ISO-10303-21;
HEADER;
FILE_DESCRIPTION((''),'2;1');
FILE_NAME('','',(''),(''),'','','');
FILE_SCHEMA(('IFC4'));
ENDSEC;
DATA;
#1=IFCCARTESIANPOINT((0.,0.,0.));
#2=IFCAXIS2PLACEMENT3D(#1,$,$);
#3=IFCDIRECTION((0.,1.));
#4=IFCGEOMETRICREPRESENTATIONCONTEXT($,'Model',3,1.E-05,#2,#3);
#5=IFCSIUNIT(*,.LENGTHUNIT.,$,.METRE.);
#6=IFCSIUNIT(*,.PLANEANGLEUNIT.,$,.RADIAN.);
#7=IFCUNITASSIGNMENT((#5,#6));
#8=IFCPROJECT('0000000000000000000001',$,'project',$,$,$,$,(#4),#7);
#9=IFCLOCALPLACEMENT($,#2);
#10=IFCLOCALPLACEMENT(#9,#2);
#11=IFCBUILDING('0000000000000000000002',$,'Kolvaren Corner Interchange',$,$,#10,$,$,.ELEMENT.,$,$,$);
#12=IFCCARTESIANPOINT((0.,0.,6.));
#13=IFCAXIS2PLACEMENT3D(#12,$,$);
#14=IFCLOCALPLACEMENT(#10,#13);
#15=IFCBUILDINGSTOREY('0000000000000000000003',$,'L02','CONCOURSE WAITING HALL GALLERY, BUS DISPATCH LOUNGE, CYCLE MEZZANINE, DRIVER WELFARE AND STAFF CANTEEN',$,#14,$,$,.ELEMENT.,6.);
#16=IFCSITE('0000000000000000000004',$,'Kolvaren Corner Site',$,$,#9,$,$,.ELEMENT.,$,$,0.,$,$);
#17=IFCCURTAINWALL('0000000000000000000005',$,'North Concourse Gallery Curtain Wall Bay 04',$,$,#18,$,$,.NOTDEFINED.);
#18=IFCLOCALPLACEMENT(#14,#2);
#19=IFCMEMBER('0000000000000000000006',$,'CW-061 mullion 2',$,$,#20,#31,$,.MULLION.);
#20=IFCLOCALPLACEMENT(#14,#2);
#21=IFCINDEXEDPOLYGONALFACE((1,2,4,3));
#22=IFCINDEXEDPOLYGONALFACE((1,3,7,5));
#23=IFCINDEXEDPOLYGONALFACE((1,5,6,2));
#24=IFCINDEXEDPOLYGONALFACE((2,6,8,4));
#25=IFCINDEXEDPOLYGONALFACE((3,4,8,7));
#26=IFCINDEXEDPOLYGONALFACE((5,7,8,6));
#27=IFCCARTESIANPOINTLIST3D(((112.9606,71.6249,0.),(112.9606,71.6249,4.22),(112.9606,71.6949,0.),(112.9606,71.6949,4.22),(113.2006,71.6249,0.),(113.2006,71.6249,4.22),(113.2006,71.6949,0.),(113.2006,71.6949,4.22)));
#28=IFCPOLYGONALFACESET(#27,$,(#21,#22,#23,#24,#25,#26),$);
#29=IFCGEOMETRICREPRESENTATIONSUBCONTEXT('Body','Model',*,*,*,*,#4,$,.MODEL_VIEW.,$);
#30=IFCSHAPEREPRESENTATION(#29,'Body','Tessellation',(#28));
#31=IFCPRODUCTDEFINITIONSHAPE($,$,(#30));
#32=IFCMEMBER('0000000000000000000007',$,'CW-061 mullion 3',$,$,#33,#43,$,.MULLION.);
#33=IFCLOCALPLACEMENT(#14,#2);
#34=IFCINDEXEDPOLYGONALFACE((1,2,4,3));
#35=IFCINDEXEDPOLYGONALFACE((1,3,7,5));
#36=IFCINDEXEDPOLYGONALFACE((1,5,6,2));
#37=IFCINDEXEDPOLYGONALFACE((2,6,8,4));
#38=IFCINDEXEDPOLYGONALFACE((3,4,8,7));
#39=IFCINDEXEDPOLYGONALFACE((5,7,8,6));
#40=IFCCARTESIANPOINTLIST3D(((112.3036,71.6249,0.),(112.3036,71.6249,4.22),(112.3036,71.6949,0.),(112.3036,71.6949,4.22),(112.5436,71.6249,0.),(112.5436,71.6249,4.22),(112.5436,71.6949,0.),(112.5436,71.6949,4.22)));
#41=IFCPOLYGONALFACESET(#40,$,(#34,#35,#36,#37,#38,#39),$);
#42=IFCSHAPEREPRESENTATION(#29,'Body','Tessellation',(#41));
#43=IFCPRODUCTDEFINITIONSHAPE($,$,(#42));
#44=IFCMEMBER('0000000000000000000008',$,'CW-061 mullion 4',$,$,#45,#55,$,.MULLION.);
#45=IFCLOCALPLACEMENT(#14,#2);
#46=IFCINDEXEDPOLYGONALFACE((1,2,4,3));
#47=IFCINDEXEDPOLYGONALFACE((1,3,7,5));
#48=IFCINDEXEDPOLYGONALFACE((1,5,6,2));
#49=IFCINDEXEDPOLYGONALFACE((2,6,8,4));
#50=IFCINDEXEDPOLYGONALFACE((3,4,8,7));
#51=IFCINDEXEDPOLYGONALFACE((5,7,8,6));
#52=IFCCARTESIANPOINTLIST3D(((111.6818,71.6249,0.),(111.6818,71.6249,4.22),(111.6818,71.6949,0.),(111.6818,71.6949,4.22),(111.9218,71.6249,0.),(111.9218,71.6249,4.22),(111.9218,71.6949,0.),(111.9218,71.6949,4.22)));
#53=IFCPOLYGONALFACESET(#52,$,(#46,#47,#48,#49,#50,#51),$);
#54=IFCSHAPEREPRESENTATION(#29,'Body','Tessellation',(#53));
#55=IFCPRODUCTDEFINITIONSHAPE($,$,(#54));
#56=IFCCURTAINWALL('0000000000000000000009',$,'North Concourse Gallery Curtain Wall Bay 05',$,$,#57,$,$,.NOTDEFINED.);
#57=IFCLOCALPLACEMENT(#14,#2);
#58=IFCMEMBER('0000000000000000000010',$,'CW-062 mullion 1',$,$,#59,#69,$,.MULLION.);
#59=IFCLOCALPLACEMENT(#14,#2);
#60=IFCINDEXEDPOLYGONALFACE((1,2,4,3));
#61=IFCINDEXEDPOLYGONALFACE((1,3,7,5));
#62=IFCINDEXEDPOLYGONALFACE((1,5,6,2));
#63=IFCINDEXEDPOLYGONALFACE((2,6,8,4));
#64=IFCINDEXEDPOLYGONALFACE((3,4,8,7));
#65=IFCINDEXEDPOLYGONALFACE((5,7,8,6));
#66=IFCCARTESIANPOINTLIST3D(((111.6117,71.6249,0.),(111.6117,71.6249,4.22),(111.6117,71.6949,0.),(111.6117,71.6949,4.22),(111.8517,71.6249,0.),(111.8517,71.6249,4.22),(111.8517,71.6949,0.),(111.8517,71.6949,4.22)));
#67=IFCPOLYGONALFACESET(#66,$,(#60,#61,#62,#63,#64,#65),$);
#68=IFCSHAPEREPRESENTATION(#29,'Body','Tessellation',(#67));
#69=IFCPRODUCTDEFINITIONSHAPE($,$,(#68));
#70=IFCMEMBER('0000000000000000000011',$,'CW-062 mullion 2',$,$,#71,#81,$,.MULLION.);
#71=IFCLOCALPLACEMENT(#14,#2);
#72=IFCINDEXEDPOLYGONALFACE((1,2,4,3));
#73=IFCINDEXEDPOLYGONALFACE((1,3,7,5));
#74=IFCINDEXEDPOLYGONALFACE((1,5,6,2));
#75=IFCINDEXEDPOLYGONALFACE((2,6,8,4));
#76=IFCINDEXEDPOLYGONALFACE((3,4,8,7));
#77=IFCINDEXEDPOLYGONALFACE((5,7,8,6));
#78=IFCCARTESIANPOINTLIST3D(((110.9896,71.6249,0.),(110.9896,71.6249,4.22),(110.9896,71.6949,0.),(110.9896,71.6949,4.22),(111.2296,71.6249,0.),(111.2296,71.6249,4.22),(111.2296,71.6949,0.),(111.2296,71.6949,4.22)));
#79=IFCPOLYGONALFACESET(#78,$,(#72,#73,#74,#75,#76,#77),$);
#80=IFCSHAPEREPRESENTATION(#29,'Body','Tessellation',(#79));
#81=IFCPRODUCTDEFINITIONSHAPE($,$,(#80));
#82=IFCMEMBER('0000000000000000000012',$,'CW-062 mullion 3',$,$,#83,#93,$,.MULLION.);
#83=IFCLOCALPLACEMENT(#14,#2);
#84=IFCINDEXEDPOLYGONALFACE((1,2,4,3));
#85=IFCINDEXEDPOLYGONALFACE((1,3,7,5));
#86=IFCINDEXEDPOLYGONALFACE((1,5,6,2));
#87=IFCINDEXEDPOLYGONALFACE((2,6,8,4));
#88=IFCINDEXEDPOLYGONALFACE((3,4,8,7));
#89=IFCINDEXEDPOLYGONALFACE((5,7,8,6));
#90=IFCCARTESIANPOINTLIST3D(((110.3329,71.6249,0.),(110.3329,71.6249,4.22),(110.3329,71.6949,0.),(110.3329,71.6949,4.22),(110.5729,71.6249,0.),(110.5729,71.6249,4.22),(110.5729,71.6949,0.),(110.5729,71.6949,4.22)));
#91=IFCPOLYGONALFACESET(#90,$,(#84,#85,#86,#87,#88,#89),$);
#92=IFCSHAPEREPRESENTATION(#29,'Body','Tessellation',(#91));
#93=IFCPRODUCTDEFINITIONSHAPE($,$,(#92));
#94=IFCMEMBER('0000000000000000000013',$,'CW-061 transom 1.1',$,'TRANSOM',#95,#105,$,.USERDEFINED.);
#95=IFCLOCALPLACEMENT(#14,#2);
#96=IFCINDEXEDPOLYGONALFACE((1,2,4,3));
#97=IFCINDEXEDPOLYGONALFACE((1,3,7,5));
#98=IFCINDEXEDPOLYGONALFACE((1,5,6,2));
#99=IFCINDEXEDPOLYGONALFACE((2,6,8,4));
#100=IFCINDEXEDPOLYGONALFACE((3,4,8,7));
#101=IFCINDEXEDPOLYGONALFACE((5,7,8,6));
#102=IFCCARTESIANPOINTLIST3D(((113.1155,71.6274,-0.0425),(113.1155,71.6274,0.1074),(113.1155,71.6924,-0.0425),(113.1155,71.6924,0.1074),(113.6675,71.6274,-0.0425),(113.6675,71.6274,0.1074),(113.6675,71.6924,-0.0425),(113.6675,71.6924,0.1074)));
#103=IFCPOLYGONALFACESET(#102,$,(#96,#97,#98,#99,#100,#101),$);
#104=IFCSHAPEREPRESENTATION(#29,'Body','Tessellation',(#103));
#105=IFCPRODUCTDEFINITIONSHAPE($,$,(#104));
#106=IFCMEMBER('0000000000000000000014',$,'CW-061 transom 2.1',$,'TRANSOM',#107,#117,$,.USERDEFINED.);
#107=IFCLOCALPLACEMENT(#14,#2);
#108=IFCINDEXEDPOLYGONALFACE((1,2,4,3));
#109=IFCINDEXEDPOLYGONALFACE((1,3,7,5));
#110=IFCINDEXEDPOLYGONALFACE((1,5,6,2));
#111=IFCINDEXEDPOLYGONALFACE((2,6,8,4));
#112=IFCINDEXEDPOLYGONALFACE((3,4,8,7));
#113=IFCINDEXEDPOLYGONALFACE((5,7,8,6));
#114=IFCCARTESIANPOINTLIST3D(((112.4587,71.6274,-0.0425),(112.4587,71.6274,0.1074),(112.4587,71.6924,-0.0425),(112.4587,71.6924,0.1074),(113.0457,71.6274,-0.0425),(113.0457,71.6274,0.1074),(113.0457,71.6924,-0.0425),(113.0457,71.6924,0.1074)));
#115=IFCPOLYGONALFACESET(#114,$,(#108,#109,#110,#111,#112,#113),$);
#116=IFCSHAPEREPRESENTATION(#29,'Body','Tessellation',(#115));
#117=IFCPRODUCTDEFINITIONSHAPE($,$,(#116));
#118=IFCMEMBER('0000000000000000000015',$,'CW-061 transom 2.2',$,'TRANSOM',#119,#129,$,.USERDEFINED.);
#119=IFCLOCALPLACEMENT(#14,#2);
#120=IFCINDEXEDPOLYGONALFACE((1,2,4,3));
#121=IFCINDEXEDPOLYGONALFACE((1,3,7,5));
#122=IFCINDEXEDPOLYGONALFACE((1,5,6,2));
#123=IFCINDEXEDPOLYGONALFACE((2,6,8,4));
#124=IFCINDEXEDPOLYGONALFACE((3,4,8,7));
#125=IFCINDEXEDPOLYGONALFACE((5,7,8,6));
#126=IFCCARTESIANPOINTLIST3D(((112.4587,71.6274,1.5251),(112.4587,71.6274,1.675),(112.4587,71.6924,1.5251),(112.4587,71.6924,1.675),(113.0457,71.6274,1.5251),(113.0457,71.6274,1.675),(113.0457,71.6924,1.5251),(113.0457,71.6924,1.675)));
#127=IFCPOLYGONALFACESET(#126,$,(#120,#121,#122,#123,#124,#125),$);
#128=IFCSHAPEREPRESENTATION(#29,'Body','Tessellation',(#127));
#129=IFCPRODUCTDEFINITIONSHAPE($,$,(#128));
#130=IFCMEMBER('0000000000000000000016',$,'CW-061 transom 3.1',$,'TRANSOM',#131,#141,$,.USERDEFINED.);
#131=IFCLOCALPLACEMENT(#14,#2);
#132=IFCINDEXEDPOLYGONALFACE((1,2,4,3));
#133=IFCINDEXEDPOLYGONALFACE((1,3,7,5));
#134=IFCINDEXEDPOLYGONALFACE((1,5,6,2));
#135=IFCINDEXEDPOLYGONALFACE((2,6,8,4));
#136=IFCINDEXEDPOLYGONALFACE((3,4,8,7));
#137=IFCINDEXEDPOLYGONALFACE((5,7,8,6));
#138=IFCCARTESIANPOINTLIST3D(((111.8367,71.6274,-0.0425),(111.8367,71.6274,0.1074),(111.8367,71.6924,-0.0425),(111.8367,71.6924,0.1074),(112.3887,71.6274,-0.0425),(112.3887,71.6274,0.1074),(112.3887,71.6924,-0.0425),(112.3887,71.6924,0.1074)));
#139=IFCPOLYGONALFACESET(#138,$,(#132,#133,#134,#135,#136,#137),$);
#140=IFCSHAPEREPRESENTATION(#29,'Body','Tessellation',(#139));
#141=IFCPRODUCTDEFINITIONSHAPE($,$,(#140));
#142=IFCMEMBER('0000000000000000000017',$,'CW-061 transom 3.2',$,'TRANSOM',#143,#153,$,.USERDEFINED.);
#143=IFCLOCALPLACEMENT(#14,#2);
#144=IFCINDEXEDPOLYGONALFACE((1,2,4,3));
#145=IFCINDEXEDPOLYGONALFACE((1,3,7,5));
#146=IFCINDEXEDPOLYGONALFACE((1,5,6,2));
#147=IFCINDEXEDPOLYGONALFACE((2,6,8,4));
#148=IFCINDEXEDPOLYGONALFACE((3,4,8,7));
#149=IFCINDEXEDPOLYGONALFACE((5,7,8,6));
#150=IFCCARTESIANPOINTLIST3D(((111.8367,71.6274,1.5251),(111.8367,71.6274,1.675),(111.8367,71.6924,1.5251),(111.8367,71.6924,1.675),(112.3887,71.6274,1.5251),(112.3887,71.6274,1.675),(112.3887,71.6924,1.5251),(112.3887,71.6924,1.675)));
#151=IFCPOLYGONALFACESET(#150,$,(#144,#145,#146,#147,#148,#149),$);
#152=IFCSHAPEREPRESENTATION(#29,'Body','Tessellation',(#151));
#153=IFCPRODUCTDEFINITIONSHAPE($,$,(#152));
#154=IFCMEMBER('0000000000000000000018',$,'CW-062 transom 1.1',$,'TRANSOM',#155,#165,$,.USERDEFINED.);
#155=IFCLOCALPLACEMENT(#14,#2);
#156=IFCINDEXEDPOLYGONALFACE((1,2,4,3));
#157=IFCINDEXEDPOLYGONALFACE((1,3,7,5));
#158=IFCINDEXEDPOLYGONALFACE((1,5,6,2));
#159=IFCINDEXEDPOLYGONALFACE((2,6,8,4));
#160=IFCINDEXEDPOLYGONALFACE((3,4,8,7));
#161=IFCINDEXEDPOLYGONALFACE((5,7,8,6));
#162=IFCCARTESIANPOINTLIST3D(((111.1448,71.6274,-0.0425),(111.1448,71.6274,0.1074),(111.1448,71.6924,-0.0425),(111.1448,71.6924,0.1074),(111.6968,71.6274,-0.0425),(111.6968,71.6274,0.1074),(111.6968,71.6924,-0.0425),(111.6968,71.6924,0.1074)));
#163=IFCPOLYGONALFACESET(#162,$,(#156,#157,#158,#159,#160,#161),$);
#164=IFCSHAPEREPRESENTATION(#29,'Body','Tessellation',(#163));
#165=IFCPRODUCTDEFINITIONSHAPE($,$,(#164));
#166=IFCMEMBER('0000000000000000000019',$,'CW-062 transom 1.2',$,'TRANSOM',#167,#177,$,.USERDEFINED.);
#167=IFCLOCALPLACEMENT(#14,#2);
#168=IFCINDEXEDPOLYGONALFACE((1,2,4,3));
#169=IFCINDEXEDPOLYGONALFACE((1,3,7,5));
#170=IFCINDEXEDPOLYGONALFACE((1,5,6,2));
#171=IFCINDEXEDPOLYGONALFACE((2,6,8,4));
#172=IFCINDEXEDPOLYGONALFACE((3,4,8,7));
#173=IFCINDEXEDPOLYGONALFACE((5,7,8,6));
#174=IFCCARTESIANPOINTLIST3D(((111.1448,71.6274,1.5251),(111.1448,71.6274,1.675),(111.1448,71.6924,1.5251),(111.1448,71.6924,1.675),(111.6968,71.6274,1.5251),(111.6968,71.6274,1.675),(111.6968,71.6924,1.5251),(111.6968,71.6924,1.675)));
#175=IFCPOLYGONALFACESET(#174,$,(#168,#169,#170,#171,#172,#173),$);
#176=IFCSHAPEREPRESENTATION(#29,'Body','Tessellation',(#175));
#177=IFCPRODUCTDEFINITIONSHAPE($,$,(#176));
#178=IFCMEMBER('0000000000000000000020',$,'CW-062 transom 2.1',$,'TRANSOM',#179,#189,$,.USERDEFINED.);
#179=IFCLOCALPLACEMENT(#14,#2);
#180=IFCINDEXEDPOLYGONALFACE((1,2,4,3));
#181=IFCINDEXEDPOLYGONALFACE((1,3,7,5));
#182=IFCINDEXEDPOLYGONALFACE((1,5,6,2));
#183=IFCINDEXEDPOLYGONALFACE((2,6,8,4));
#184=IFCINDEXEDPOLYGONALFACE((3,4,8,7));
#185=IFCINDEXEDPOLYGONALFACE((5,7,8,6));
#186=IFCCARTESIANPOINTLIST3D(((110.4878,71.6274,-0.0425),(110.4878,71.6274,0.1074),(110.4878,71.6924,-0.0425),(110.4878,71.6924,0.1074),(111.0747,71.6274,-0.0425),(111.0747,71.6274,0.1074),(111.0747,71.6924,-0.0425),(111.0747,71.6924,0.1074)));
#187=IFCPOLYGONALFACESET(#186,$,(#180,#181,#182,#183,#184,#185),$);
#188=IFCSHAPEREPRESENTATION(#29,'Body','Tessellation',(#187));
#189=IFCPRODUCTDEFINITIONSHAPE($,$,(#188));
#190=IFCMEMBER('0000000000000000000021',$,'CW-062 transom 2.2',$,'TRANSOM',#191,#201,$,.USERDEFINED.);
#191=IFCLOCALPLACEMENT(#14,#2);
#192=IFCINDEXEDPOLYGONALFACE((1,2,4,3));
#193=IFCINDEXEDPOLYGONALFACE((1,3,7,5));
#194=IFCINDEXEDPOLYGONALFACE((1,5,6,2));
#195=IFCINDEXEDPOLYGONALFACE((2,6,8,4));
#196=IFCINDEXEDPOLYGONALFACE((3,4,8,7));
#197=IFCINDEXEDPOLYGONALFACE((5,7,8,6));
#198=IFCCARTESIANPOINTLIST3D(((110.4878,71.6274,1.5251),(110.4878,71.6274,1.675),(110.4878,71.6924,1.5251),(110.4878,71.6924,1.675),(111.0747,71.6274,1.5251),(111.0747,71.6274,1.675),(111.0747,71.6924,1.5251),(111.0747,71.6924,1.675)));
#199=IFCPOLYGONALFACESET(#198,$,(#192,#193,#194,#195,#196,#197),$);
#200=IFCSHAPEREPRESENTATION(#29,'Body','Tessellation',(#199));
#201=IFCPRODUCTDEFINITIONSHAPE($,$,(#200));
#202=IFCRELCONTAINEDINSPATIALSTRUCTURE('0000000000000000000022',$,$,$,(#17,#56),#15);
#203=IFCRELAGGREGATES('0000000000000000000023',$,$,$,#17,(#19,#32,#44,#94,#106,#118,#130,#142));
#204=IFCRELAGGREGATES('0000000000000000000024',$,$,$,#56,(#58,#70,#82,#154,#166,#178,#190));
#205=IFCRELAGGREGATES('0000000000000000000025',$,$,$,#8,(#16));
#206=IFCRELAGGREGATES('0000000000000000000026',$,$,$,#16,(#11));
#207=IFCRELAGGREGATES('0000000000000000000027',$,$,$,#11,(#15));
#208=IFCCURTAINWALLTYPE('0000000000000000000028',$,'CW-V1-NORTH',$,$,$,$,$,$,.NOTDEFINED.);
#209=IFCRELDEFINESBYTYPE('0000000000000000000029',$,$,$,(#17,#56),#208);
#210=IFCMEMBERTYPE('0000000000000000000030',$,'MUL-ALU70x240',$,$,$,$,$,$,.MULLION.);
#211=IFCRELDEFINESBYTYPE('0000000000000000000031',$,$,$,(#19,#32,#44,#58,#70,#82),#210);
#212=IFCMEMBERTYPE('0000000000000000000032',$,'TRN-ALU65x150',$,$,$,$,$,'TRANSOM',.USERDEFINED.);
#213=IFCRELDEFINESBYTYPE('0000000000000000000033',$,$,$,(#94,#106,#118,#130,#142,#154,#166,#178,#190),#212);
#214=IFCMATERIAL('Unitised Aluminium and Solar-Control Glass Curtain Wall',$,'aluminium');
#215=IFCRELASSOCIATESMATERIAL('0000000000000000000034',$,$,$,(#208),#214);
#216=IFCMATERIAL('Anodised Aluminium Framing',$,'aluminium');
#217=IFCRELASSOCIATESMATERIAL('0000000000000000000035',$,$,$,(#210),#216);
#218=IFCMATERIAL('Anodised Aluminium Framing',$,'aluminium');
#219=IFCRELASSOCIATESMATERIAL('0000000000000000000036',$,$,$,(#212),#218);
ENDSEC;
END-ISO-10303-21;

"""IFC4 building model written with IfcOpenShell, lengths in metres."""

from ifc_helpers import new_model, si_unit, direction, frame, origin, origin_2d, place, context, subcontext, project, spatial, rectangle, extrude, material, material_profile, profile_set, type_object, element, aggregate, save


model = new_model("IFC4")

# Units and contexts
model_context = context("Model", 3, precision=1e-05, world=origin(), true_north=direction((0.0, 1.0)))
body_context = subcontext(model_context, "Body", "Model", "MODEL_VIEW")
ifc_project = project(units=[si_unit("LENGTHUNIT", "METRE"), si_unit("PLANEANGLEUNIT", "RADIAN")], contexts=[model_context])

# Site, building, storey
site_placement = place(None, origin())
site = spatial("IfcSite", under=ifc_project, at=site_placement, Name="Kolvaren Corner Site", CompositionType="ELEMENT", RefElevation=0.0)
building_placement = place(site_placement, origin())
building = spatial("IfcBuilding", under=site, at=building_placement, Name="Kolvaren Corner Interchange", CompositionType="ELEMENT")
storey_placement = place(building_placement, frame((0.0, 0.0, 6.0)))
storey = spatial("IfcBuildingStorey", under=building, at=storey_placement, Name="L02", Description="CONCOURSE WAITING HALL GALLERY, BUS DISPATCH LOUNGE, CYCLE MEZZANINE, DRIVER WELFARE AND STAFF CANTEEN", CompositionType="ELEMENT", Elevation=6.0)

# Curtain walls, members
ifc_material_1 = material(Name="Unitised Aluminium and Solar-Control Glass Curtain Wall", Category="aluminium")
curtain_wall_type = type_object("IfcCurtainWallType", Name="CW-V1-NORTH", PredefinedType="NOTDEFINED", material=ifc_material_1)
curtain_wall_1_placement = place(storey_placement, origin())
curtain_wall_1 = element("IfcCurtainWall", 1, at=curtain_wall_1_placement, inside=storey, type_object=curtain_wall_type, Name="North Concourse Gallery Curtain Wall Bay 04", PredefinedType="NOTDEFINED")
ifc_material_2 = material(Name="Anodised Aluminium Framing", Category="aluminium")
ifc_material_profile_1 = material_profile(ifc_material_2, rectangle(XDim=0.0701, YDim=0.24, at=origin_2d()), Name="ALU 70x240")
ifc_profile_set_1 = profile_set([ifc_material_profile_1], Name="Anodised Aluminium Framing")
member_type_1 = type_object("IfcMemberType", Name="MUL-ALU70x240", PredefinedType="MULLION", material=ifc_profile_set_1)
member_1_placement = place(storey_placement, frame((113.0806, 71.6599, 0.0), z_axis=(0.0, 0.0, 1.0), x_axis=(0.0, -1.0, 0.0)))
member_1 = element("IfcMember", 2, at=member_1_placement, type_object=member_type_1, Name="CW-061 mullion 2", PredefinedType="MULLION", context=body_context, shape_type="SweptSolid", body=[
    extrude(rectangle(XDim=0.0701, YDim=0.24, at=origin_2d()), origin(), (0.0, 0.0, 1.0), 4.22),
])
member_2_placement = place(storey_placement, frame((112.4236, 71.6599, 0.0), z_axis=(0.0, 0.0, 1.0), x_axis=(0.0, -1.0, 0.0)))
member_2 = element("IfcMember", 3, at=member_2_placement, type_object=member_type_1, Name="CW-061 mullion 3", PredefinedType="MULLION", context=body_context, shape_type="SweptSolid", body=[
    extrude(rectangle(XDim=0.0701, YDim=0.24, at=origin_2d()), origin(), (0.0, 0.0, 1.0), 4.22),
])
member_3_placement = place(storey_placement, frame((111.8018, 71.6599, 0.0), z_axis=(0.0, 0.0, 1.0), x_axis=(0.0, -1.0, 0.0)))
member_3 = element("IfcMember", 4, at=member_3_placement, type_object=member_type_1, Name="CW-061 mullion 4", PredefinedType="MULLION", context=body_context, shape_type="SweptSolid", body=[
    extrude(rectangle(XDim=0.0701, YDim=0.24, at=origin_2d()), origin(), (0.0, 0.0, 1.0), 4.22),
])
curtain_wall_2_placement = place(storey_placement, origin())
curtain_wall_2 = element("IfcCurtainWall", 5, at=curtain_wall_2_placement, inside=storey, type_object=curtain_wall_type, Name="North Concourse Gallery Curtain Wall Bay 05", PredefinedType="NOTDEFINED")
member_4_placement = place(storey_placement, frame((111.7317, 71.6599, 0.0), z_axis=(0.0, 0.0, 1.0), x_axis=(0.0, -1.0, 0.0)))
member_4 = element("IfcMember", 6, at=member_4_placement, type_object=member_type_1, Name="CW-062 mullion 1", PredefinedType="MULLION", context=body_context, shape_type="SweptSolid", body=[
    extrude(rectangle(XDim=0.0701, YDim=0.24, at=origin_2d()), origin(), (0.0, 0.0, 1.0), 4.22),
])
member_5_placement = place(storey_placement, frame((111.1096, 71.6599, 0.0), z_axis=(0.0, 0.0, 1.0), x_axis=(0.0, -1.0, 0.0)))
member_5 = element("IfcMember", 7, at=member_5_placement, type_object=member_type_1, Name="CW-062 mullion 2", PredefinedType="MULLION", context=body_context, shape_type="SweptSolid", body=[
    extrude(rectangle(XDim=0.0701, YDim=0.24, at=origin_2d()), origin(), (0.0, 0.0, 1.0), 4.22),
])
member_6_placement = place(storey_placement, frame((110.4529, 71.6599, 0.0), z_axis=(0.0, 0.0, 1.0), x_axis=(0.0, -1.0, 0.0)))
member_6 = element("IfcMember", 8, at=member_6_placement, type_object=member_type_1, Name="CW-062 mullion 3", PredefinedType="MULLION", context=body_context, shape_type="SweptSolid", body=[
    extrude(rectangle(XDim=0.0701, YDim=0.24, at=origin_2d()), origin(), (0.0, 0.0, 1.0), 4.22),
])

# Members
ifc_material_3 = material(Name="Anodised Aluminium Framing", Category="aluminium")
ifc_material_profile_2 = material_profile(ifc_material_3, rectangle(XDim=0.0649, YDim=0.1499, at=origin_2d()), Name="ALU 65x150")
ifc_profile_set_2 = profile_set([ifc_material_profile_2], Name="Anodised Aluminium Framing")
member_type_2 = type_object("IfcMemberType", Name="TRN-ALU65x150", ElementType="TRANSOM", PredefinedType="USERDEFINED", material=ifc_profile_set_2)
member_7_placement = place(storey_placement, frame((113.6675, 71.6599, 0.0325), z_axis=(-1.0, 0.0, 0.0), x_axis=(0.0, -1.0, 0.0)))
member_7 = element("IfcMember", 9, at=member_7_placement, type_object=member_type_2, Name="CW-061 transom 1.1", ObjectType="TRANSOM", PredefinedType="USERDEFINED", context=body_context, shape_type="SweptSolid", body=[
    extrude(rectangle(XDim=0.0649, YDim=0.1499, at=origin_2d()), origin(), (0.0, 0.0, 1.0), 0.552),
])
member_8_placement = place(storey_placement, frame((113.0457, 71.6599, 0.0325), z_axis=(-1.0, 0.0, 0.0), x_axis=(0.0, -1.0, 0.0)))
member_8 = element("IfcMember", 10, at=member_8_placement, type_object=member_type_2, Name="CW-061 transom 2.1", ObjectType="TRANSOM", PredefinedType="USERDEFINED", context=body_context, shape_type="SweptSolid", body=[
    extrude(rectangle(XDim=0.0649, YDim=0.1499, at=origin_2d()), origin(), (0.0, 0.0, 1.0), 0.5869),
])
member_9_placement = place(storey_placement, frame((113.0457, 71.6599, 1.6001), z_axis=(-1.0, 0.0, 0.0), x_axis=(0.0, -1.0, 0.0)))
member_9 = element("IfcMember", 11, at=member_9_placement, type_object=member_type_2, Name="CW-061 transom 2.2", ObjectType="TRANSOM", PredefinedType="USERDEFINED", context=body_context, shape_type="SweptSolid", body=[
    extrude(rectangle(XDim=0.0649, YDim=0.1499, at=origin_2d()), origin(), (0.0, 0.0, 1.0), 0.5869),
])
member_10_placement = place(storey_placement, frame((112.3887, 71.6599, 0.0325), z_axis=(-1.0, 0.0, 0.0), x_axis=(0.0, -1.0, 0.0)))
member_10 = element("IfcMember", 12, at=member_10_placement, type_object=member_type_2, Name="CW-061 transom 3.1", ObjectType="TRANSOM", PredefinedType="USERDEFINED", context=body_context, shape_type="SweptSolid", body=[
    extrude(rectangle(XDim=0.0649, YDim=0.1499, at=origin_2d()), origin(), (0.0, 0.0, 1.0), 0.552),
])
member_11_placement = place(storey_placement, frame((112.3887, 71.6599, 1.6001), z_axis=(-1.0, 0.0, 0.0), x_axis=(0.0, -1.0, 0.0)))
member_11 = element("IfcMember", 13, at=member_11_placement, type_object=member_type_2, Name="CW-061 transom 3.2", ObjectType="TRANSOM", PredefinedType="USERDEFINED", context=body_context, shape_type="SweptSolid", body=[
    extrude(rectangle(XDim=0.0649, YDim=0.1499, at=origin_2d()), origin(), (0.0, 0.0, 1.0), 0.552),
])
member_12_placement = place(storey_placement, frame((111.6968, 71.6599, 0.0325), z_axis=(-1.0, 0.0, 0.0), x_axis=(0.0, -1.0, 0.0)))
member_12 = element("IfcMember", 14, at=member_12_placement, type_object=member_type_2, Name="CW-062 transom 1.1", ObjectType="TRANSOM", PredefinedType="USERDEFINED", context=body_context, shape_type="SweptSolid", body=[
    extrude(rectangle(XDim=0.0649, YDim=0.1499, at=origin_2d()), origin(), (0.0, 0.0, 1.0), 0.552),
])
member_13_placement = place(storey_placement, frame((111.6968, 71.6599, 1.6001), z_axis=(-1.0, 0.0, 0.0), x_axis=(0.0, -1.0, 0.0)))
member_13 = element("IfcMember", 15, at=member_13_placement, type_object=member_type_2, Name="CW-062 transom 1.2", ObjectType="TRANSOM", PredefinedType="USERDEFINED", context=body_context, shape_type="SweptSolid", body=[
    extrude(rectangle(XDim=0.0649, YDim=0.1499, at=origin_2d()), origin(), (0.0, 0.0, 1.0), 0.552),
])
member_14_placement = place(storey_placement, frame((111.0747, 71.6599, 0.0325), z_axis=(-1.0, 0.0, 0.0), x_axis=(0.0, -1.0, 0.0)))
member_14 = element("IfcMember", 16, at=member_14_placement, type_object=member_type_2, Name="CW-062 transom 2.1", ObjectType="TRANSOM", PredefinedType="USERDEFINED", context=body_context, shape_type="SweptSolid", body=[
    extrude(rectangle(XDim=0.0649, YDim=0.1499, at=origin_2d()), origin(), (0.0, 0.0, 1.0), 0.5869),
])
member_15_placement = place(storey_placement, frame((111.0747, 71.6599, 1.6001), z_axis=(-1.0, 0.0, 0.0), x_axis=(0.0, -1.0, 0.0)))
member_15 = element("IfcMember", 17, at=member_15_placement, type_object=member_type_2, Name="CW-062 transom 2.2", ObjectType="TRANSOM", PredefinedType="USERDEFINED", context=body_context, shape_type="SweptSolid", body=[
    extrude(rectangle(XDim=0.0649, YDim=0.1499, at=origin_2d()), origin(), (0.0, 0.0, 1.0), 0.5869),
])

aggregate(curtain_wall_1, [member_1, member_2, member_3, member_7, member_8, member_9, member_10, member_11])
aggregate(curtain_wall_2, [member_4, member_5, member_6, member_12, member_13, member_14, member_15])

save(model, "model.ifc")
